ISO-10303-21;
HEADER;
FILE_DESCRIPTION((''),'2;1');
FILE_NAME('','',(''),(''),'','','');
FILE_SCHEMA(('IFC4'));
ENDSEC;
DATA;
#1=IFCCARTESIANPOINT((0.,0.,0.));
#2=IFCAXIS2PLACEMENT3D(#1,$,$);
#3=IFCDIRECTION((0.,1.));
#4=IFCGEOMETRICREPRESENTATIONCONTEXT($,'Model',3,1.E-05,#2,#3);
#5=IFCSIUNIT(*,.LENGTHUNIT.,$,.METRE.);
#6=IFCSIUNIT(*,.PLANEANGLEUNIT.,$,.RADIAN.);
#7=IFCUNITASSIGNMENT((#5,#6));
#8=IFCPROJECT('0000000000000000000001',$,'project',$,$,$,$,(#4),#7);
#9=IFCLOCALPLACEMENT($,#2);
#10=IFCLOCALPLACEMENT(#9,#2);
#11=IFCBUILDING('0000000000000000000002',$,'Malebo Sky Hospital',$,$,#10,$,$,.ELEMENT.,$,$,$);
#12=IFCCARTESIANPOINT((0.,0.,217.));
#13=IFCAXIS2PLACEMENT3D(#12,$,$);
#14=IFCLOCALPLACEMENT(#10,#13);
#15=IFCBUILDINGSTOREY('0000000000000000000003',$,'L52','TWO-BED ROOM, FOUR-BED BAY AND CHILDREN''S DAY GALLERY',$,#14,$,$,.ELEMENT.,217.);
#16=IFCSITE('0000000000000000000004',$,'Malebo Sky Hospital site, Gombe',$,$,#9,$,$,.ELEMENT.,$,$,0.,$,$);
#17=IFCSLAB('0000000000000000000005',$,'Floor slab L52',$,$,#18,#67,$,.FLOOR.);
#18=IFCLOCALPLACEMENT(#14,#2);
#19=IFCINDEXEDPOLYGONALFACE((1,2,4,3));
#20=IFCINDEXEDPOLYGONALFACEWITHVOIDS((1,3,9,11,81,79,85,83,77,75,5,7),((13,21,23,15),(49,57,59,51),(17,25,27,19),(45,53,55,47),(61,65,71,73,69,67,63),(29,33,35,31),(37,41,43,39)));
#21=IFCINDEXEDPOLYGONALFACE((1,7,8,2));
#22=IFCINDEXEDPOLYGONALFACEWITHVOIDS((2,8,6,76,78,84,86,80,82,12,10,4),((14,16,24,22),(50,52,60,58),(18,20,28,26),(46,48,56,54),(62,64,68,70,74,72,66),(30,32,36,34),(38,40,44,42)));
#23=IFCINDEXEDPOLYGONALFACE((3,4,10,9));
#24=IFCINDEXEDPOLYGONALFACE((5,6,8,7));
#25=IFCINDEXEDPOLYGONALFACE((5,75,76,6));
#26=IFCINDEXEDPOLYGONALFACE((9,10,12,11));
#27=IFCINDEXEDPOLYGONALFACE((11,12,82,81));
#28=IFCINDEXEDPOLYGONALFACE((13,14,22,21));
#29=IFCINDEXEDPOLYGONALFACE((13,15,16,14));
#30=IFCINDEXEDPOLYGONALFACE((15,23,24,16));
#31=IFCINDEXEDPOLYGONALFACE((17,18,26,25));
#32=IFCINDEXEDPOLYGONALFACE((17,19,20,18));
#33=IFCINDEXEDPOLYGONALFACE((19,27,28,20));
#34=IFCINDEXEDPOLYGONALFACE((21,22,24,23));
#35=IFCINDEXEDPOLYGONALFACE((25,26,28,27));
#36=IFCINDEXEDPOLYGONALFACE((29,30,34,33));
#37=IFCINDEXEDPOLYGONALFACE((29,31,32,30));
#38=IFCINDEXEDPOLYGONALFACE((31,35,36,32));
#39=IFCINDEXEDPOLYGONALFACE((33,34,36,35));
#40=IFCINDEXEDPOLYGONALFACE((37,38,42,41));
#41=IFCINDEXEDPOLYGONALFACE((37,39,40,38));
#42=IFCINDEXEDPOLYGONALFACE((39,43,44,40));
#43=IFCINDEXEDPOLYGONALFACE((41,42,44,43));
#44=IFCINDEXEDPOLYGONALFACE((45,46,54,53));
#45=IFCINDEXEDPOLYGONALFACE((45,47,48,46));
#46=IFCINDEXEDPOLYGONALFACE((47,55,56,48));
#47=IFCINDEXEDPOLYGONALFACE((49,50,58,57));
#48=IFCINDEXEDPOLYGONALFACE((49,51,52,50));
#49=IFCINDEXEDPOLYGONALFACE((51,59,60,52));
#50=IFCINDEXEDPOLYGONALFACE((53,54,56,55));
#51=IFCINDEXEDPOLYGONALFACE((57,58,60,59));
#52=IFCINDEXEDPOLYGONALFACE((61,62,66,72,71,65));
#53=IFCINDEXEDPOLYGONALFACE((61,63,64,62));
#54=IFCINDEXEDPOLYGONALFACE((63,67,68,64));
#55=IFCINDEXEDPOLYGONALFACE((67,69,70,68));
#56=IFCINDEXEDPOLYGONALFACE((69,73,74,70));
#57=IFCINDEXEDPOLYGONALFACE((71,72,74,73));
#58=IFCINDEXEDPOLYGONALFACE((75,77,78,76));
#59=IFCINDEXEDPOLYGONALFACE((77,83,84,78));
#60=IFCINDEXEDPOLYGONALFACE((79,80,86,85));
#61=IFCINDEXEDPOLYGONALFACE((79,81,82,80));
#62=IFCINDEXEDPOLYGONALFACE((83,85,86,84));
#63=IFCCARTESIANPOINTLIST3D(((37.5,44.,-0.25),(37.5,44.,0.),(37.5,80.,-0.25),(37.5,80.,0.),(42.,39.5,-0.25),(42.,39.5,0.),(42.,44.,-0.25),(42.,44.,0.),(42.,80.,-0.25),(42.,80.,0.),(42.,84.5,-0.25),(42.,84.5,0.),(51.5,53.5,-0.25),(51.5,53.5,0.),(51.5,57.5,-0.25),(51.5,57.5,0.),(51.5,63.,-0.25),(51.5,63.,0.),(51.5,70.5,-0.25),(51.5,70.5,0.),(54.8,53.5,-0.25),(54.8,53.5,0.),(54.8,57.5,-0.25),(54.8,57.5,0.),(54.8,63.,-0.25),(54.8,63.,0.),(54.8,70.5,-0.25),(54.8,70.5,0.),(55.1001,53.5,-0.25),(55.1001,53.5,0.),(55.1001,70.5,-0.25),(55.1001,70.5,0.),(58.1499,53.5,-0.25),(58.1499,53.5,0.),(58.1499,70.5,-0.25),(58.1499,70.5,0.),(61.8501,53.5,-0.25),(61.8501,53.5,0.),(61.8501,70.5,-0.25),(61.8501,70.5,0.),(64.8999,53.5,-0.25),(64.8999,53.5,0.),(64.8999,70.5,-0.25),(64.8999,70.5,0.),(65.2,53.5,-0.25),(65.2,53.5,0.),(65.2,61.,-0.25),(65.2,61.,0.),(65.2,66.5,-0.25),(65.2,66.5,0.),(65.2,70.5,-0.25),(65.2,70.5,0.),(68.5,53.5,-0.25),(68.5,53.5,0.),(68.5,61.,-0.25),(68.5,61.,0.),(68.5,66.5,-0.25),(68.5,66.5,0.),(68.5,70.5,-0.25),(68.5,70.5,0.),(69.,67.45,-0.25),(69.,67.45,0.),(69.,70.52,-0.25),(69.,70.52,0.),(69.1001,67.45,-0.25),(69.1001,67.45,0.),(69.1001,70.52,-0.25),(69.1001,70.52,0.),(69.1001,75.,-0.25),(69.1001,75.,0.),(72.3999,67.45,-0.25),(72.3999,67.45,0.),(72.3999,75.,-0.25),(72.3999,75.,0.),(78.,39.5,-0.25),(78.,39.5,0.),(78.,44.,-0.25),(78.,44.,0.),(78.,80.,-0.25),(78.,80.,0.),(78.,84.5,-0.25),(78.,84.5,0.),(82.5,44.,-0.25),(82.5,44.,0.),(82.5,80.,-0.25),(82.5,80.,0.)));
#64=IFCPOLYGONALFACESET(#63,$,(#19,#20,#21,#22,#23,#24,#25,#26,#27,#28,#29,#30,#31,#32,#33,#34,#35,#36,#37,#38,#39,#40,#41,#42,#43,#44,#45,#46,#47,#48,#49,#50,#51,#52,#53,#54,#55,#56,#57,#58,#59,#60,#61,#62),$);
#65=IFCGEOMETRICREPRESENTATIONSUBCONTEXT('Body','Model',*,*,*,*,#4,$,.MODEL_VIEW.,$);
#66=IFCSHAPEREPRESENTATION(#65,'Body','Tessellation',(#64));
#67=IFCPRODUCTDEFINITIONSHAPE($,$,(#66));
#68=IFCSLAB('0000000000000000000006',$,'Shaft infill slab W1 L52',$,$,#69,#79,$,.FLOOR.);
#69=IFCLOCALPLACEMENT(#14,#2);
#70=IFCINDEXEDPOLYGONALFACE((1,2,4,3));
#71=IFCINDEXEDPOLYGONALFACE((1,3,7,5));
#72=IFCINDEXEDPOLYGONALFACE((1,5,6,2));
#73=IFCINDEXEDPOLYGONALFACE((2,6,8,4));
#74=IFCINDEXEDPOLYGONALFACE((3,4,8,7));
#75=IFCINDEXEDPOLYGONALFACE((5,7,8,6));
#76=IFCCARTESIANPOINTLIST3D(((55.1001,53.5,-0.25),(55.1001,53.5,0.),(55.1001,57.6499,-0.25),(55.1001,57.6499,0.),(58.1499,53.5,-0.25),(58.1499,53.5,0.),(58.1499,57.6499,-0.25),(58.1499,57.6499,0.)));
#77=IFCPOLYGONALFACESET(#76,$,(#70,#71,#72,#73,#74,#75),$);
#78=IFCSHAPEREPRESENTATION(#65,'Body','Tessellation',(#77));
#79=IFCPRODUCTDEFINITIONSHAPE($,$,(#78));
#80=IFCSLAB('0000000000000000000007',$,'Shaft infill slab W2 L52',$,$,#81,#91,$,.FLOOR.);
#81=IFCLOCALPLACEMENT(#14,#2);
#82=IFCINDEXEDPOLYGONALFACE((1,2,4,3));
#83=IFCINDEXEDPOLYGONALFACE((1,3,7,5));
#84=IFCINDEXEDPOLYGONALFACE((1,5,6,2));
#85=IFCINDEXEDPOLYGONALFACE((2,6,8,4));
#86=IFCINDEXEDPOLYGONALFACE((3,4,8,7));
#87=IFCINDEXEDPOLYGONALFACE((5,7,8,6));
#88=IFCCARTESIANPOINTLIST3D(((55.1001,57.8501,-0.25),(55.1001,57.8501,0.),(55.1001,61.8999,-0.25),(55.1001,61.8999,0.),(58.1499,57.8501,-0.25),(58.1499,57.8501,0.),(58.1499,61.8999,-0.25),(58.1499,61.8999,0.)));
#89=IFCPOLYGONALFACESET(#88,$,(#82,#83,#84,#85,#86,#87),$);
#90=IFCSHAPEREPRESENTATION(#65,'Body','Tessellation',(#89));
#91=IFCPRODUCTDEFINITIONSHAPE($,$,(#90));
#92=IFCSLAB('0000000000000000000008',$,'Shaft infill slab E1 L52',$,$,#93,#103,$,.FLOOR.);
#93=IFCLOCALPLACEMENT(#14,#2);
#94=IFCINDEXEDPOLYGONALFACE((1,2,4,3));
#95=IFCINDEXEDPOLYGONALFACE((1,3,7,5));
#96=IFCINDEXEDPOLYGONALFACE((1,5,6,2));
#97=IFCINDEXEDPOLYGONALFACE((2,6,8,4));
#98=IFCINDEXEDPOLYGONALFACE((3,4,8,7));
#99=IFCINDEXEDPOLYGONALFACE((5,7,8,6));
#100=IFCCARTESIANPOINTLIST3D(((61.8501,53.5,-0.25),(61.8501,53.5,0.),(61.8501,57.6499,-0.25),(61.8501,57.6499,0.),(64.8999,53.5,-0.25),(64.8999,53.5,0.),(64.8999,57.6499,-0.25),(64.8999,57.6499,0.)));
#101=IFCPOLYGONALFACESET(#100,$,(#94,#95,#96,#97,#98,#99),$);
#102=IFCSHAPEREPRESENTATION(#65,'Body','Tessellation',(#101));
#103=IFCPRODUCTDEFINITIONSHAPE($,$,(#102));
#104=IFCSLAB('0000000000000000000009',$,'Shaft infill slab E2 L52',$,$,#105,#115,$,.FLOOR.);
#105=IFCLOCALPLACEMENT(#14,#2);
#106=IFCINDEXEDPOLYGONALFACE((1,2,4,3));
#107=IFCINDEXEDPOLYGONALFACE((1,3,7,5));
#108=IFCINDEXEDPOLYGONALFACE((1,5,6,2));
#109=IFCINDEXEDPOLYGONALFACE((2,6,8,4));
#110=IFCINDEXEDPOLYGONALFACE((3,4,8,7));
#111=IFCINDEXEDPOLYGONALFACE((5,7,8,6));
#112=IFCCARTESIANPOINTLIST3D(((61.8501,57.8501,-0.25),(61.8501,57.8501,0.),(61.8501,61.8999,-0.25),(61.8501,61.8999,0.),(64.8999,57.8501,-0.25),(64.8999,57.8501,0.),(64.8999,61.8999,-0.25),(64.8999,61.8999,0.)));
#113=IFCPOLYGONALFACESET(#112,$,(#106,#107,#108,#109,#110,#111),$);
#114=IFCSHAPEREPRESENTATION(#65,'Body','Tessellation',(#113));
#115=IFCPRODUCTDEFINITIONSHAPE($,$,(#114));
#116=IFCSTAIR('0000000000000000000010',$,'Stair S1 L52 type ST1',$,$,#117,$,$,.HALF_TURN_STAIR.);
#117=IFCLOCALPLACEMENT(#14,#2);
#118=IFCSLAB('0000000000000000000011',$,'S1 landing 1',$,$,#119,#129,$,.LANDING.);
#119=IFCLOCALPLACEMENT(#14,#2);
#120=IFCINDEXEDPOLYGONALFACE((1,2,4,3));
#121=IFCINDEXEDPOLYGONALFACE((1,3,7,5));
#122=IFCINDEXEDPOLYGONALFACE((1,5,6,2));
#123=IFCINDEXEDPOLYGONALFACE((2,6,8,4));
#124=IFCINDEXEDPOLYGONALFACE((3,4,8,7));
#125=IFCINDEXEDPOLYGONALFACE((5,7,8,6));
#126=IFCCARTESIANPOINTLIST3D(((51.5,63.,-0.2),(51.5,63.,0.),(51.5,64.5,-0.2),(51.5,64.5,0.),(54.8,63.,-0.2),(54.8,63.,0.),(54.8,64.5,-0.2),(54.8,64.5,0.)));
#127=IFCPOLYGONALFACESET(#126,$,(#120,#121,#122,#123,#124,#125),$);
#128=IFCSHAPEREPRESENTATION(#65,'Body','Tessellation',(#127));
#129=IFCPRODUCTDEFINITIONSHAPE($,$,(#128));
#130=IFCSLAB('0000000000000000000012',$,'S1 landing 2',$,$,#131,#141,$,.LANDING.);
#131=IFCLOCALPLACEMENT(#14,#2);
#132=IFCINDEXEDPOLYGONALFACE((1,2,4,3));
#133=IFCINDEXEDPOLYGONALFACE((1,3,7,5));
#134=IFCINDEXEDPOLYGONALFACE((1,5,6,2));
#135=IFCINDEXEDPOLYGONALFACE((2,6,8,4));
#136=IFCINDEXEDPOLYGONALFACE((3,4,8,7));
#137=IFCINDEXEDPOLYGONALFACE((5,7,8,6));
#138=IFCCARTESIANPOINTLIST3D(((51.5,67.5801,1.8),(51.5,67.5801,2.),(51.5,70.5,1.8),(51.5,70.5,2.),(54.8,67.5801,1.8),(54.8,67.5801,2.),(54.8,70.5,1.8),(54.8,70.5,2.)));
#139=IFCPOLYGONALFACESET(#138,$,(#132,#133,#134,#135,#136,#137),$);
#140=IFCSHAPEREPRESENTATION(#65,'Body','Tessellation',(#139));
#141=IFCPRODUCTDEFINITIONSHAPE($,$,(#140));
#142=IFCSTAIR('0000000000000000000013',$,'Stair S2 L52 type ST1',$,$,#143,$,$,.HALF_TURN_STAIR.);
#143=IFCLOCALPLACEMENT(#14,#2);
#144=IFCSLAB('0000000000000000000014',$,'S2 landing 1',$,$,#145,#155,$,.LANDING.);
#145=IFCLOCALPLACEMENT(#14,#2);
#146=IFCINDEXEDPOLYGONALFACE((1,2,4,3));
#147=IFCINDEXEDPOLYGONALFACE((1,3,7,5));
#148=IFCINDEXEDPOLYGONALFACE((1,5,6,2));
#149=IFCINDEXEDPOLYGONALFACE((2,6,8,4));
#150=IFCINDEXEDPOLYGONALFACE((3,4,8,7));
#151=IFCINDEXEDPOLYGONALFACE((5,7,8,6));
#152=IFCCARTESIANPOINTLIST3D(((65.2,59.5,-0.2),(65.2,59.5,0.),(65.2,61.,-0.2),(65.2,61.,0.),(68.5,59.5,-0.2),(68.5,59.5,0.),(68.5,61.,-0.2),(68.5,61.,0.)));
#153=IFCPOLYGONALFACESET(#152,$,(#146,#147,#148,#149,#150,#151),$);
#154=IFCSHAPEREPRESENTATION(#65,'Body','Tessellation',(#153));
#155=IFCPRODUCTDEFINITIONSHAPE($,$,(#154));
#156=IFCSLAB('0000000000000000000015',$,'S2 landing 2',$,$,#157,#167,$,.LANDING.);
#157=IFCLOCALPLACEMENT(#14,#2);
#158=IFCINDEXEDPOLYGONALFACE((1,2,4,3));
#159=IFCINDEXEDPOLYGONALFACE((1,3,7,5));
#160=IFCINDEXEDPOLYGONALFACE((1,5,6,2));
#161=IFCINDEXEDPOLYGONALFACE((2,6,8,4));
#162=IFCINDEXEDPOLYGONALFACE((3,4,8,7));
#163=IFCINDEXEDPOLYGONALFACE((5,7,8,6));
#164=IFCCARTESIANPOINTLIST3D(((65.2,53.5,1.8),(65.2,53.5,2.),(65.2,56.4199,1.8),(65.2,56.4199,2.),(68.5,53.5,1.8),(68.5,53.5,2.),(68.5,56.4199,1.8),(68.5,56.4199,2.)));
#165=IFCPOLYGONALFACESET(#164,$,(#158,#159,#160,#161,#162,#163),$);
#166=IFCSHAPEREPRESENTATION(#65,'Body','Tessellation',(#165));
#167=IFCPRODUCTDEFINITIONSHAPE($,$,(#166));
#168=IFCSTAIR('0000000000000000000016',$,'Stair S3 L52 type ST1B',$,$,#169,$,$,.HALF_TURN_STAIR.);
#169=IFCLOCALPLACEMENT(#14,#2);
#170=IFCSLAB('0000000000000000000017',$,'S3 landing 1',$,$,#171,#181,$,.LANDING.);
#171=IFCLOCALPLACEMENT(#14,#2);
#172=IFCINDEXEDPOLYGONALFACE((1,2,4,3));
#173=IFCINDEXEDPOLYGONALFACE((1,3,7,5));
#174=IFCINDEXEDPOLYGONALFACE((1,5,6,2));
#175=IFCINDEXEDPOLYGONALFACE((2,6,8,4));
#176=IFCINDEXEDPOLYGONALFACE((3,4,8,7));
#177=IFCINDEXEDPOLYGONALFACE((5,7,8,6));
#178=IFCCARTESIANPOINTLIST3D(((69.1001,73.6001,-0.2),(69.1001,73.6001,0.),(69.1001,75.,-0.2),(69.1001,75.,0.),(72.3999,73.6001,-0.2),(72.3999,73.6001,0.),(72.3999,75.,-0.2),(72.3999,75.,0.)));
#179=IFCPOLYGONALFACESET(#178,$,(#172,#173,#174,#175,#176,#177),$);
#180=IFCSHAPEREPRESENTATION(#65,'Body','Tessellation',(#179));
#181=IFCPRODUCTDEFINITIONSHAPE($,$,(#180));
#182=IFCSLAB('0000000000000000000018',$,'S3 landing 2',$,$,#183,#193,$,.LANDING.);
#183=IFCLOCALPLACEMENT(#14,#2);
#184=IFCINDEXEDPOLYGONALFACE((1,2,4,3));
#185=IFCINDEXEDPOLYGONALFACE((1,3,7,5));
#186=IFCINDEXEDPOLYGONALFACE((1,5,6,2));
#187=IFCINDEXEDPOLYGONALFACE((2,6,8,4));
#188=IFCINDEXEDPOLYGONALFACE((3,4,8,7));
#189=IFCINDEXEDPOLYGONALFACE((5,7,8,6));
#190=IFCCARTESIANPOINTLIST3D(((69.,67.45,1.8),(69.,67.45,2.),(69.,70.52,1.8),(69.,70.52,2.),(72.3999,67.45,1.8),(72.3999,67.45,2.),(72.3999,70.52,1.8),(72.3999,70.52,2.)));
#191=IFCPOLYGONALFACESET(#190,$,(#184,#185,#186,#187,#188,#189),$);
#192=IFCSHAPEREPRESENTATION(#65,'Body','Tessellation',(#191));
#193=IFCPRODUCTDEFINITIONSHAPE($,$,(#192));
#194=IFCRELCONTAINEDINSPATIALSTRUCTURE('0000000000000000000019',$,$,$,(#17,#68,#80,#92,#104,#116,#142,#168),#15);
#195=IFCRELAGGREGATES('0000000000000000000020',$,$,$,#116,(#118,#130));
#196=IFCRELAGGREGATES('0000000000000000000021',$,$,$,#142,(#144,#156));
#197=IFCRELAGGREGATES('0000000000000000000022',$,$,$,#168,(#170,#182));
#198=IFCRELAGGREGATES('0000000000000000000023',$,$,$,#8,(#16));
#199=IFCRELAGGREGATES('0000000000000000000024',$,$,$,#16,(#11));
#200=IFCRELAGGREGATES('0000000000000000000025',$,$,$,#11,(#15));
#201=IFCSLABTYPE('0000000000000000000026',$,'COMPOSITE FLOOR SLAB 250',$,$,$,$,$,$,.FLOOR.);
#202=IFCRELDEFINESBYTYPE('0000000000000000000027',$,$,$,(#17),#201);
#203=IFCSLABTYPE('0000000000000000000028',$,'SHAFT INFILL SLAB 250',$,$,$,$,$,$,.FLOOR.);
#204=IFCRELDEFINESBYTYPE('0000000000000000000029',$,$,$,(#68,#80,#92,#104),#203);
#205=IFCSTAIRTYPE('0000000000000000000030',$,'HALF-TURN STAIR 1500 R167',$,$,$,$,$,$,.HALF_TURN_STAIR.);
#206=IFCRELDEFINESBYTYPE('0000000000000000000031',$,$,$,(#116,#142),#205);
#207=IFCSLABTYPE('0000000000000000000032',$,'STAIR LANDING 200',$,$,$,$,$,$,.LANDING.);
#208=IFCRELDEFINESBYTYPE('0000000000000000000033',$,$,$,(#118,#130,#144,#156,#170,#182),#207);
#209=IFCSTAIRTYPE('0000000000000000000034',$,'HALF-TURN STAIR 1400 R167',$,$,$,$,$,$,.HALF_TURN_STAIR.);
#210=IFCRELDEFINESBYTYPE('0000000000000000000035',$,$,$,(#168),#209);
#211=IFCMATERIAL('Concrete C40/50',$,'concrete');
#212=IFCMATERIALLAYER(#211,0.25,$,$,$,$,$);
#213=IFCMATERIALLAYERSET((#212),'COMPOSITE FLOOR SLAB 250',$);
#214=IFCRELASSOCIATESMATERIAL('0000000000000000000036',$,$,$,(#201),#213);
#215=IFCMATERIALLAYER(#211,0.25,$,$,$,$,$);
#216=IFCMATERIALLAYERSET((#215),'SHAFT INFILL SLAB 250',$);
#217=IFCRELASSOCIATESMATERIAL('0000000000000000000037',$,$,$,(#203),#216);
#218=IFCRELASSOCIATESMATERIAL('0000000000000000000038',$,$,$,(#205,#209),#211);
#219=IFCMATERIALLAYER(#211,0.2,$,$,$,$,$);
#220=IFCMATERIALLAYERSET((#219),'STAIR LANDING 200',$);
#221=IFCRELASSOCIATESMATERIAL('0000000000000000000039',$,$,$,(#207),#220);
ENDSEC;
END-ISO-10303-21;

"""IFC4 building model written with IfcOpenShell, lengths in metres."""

from ifc_helpers import new_model, si_unit, direction, frame, origin, place, context, subcontext, project, spatial, polyline, outline, extrude, material, layer, layer_set, type_object, element, aggregate, save


model = new_model("IFC4")

# Units and contexts
model_context = context("Model", 3, precision=1e-05, world=origin(), true_north=direction((0.0, 1.0)))
body_context = subcontext(model_context, "Body", "Model", "MODEL_VIEW")
ifc_project = project(units=[si_unit("LENGTHUNIT", "METRE"), si_unit("PLANEANGLEUNIT", "RADIAN")], contexts=[model_context])

# Site, building, storey
site_placement = place(None, origin())
site = spatial("IfcSite", under=ifc_project, at=site_placement, Name="Malebo Sky Hospital site, Gombe", CompositionType="ELEMENT", RefElevation=0.0)
building_placement = place(site_placement, origin())
building = spatial("IfcBuilding", under=site, at=building_placement, Name="Malebo Sky Hospital", CompositionType="ELEMENT")
storey_placement = place(building_placement, frame((0.0, 0.0, 217.0)))
storey = spatial("IfcBuildingStorey", under=building, at=storey_placement, Name="L52", Description="TWO-BED ROOM, FOUR-BED BAY AND CHILDREN'S DAY GALLERY", CompositionType="ELEMENT", Elevation=217.0)

# Slabs
ifc_material_1 = material(Name="Concrete C40/50", Category="concrete")
ifc_layer_1 = layer(ifc_material_1, 0.25)
ifc_layer_set_1 = layer_set([ifc_layer_1], Name="COMPOSITE FLOOR SLAB 250")
slab_type_1 = type_object("IfcSlabType", Name="COMPOSITE FLOOR SLAB 250", PredefinedType="FLOOR", material=ifc_layer_set_1)
slab_1_placement = place(storey_placement, frame((0.0, 0.0, -0.25)))
element("IfcSlab", 1, at=slab_1_placement, inside=storey, type_object=slab_type_1, Name="Floor slab L52", PredefinedType="FLOOR", context=body_context, shape_type="SweptSolid", body=[
    extrude(outline(polyline([(42.0, 84.5), (42.0, 80.0), (37.5, 80.0), (37.5, 44.0), (42.0, 44.0), (42.0, 39.5), (78.0, 39.5), (78.0, 44.0), (82.5, 44.0), (82.5, 80.0), (78.0, 80.0), (78.0, 84.5), (42.0, 84.5)]), holes=[polyline([(55.1001, 70.5), (58.1499, 70.5), (58.1499, 53.5), (55.1001, 53.5), (55.1001, 70.5)]), polyline([(64.8999, 70.5), (64.8999, 53.5), (61.8501, 53.5), (61.8501, 70.5), (64.8999, 70.5)]), polyline([(54.8, 63.0), (51.5, 63.0), (51.5, 70.5), (54.8, 70.5), (54.8, 63.0)]), polyline([(51.5, 53.5), (51.5, 57.5), (54.8, 57.5), (54.8, 53.5), (51.5, 53.5)]), polyline([(65.2, 61.0), (68.5, 61.0), (68.5, 53.5), (65.2, 53.5), (65.2, 61.0)]), polyline([(68.5, 70.5), (68.5, 66.5), (65.2, 66.5), (65.2, 70.5), (68.5, 70.5)]), polyline([(69.0, 67.45), (69.0, 70.52), (69.1001, 70.52), (69.1001, 75.0), (72.3999, 75.0), (72.3999, 67.45), (69.1001, 67.45), (69.0, 67.45)])]), origin(), (0.0, 0.0, 1.0), 0.25),
])
ifc_layer_2 = layer(ifc_material_1, 0.25)
ifc_layer_set_2 = layer_set([ifc_layer_2], Name="SHAFT INFILL SLAB 250")
slab_type_2 = type_object("IfcSlabType", Name="SHAFT INFILL SLAB 250", PredefinedType="FLOOR", material=ifc_layer_set_2)
slab_2_placement = place(storey_placement, frame((0.0, 0.0, -0.25)))
element("IfcSlab", 2, at=slab_2_placement, inside=storey, type_object=slab_type_2, Name="Shaft infill slab W1 L52", PredefinedType="FLOOR", context=body_context, shape_type="SweptSolid", body=[
    extrude(outline(polyline([(55.1001, 53.5), (58.1499, 53.5), (58.1499, 57.6499), (55.1001, 57.6499), (55.1001, 53.5)])), origin(), (0.0, 0.0, 1.0), 0.25),
])
slab_3_placement = place(storey_placement, frame((0.0, 0.0, -0.25)))
element("IfcSlab", 3, at=slab_3_placement, inside=storey, type_object=slab_type_2, Name="Shaft infill slab W2 L52", PredefinedType="FLOOR", context=body_context, shape_type="SweptSolid", body=[
    extrude(outline(polyline([(55.1001, 57.8501), (58.1499, 57.8501), (58.1499, 61.8999), (55.1001, 61.8999), (55.1001, 57.8501)])), origin(), (0.0, 0.0, 1.0), 0.25),
])
slab_4_placement = place(storey_placement, frame((0.0, 0.0, -0.25)))
element("IfcSlab", 4, at=slab_4_placement, inside=storey, type_object=slab_type_2, Name="Shaft infill slab E1 L52", PredefinedType="FLOOR", context=body_context, shape_type="SweptSolid", body=[
    extrude(outline(polyline([(61.8501, 53.5), (64.8999, 53.5), (64.8999, 57.6499), (61.8501, 57.6499), (61.8501, 53.5)])), origin(), (0.0, 0.0, 1.0), 0.25),
])
slab_5_placement = place(storey_placement, frame((0.0, 0.0, -0.25)))
element("IfcSlab", 5, at=slab_5_placement, inside=storey, type_object=slab_type_2, Name="Shaft infill slab E2 L52", PredefinedType="FLOOR", context=body_context, shape_type="SweptSolid", body=[
    extrude(outline(polyline([(61.8501, 57.8501), (64.8999, 57.8501), (64.8999, 61.8999), (61.8501, 61.8999), (61.8501, 57.8501)])), origin(), (0.0, 0.0, 1.0), 0.25),
])

# Stairs, slabs
stair_type_1 = type_object("IfcStairType", Name="HALF-TURN STAIR 1500 R167", PredefinedType="HALF_TURN_STAIR", material=ifc_material_1)
stair_1_placement = place(storey_placement, origin())
stair_1 = element("IfcStair", 6, at=stair_1_placement, inside=storey, type_object=stair_type_1, Name="Stair S1 L52 type ST1", PredefinedType="HALF_TURN_STAIR")
ifc_layer_3 = layer(ifc_material_1, 0.2)
ifc_layer_set_3 = layer_set([ifc_layer_3], Name="STAIR LANDING 200")
slab_type_3 = type_object("IfcSlabType", Name="STAIR LANDING 200", PredefinedType="LANDING", material=ifc_layer_set_3)
slab_6_placement = place(storey_placement, frame((0.0, 0.0, -0.2)))
slab_6 = element("IfcSlab", 7, at=slab_6_placement, type_object=slab_type_3, Name="S1 landing 1", PredefinedType="LANDING", context=body_context, shape_type="SweptSolid", body=[
    extrude(outline(polyline([(51.5, 63.0), (54.8, 63.0), (54.8, 64.5), (51.5, 64.5), (51.5, 63.0)])), origin(), (0.0, 0.0, 1.0), 0.2),
])
slab_7_placement = place(storey_placement, frame((0.0, 0.0, 1.8)))
slab_7 = element("IfcSlab", 8, at=slab_7_placement, type_object=slab_type_3, Name="S1 landing 2", PredefinedType="LANDING", context=body_context, shape_type="SweptSolid", body=[
    extrude(outline(polyline([(51.5, 67.5801), (54.8, 67.5801), (54.8, 70.5), (51.5, 70.5), (51.5, 67.5801)])), origin(), (0.0, 0.0, 1.0), 0.2),
])
aggregate(stair_1, [slab_6, slab_7])
stair_2_placement = place(storey_placement, origin())
stair_2 = element("IfcStair", 9, at=stair_2_placement, inside=storey, type_object=stair_type_1, Name="Stair S2 L52 type ST1", PredefinedType="HALF_TURN_STAIR")
slab_8_placement = place(storey_placement, frame((0.0, 0.0, -0.2)))
slab_8 = element("IfcSlab", 10, at=slab_8_placement, type_object=slab_type_3, Name="S2 landing 1", PredefinedType="LANDING", context=body_context, shape_type="SweptSolid", body=[
    extrude(outline(polyline([(65.2, 59.5), (68.5, 59.5), (68.5, 61.0), (65.2, 61.0), (65.2, 59.5)])), origin(), (0.0, 0.0, 1.0), 0.2),
])
slab_9_placement = place(storey_placement, frame((0.0, 0.0, 1.8)))
slab_9 = element("IfcSlab", 11, at=slab_9_placement, type_object=slab_type_3, Name="S2 landing 2", PredefinedType="LANDING", context=body_context, shape_type="SweptSolid", body=[
    extrude(outline(polyline([(65.2, 53.5), (68.5, 53.5), (68.5, 56.4199), (65.2, 56.4199), (65.2, 53.5)])), origin(), (0.0, 0.0, 1.0), 0.2),
])
aggregate(stair_2, [slab_8, slab_9])
stair_type_2 = type_object("IfcStairType", Name="HALF-TURN STAIR 1400 R167", PredefinedType="HALF_TURN_STAIR", material=ifc_material_1)
stair_3_placement = place(storey_placement, origin())
stair_3 = element("IfcStair", 12, at=stair_3_placement, inside=storey, type_object=stair_type_2, Name="Stair S3 L52 type ST1B", PredefinedType="HALF_TURN_STAIR")
slab_10_placement = place(storey_placement, frame((0.0, 0.0, -0.2)))
slab_10 = element("IfcSlab", 13, at=slab_10_placement, type_object=slab_type_3, Name="S3 landing 1", PredefinedType="LANDING", context=body_context, shape_type="SweptSolid", body=[
    extrude(outline(polyline([(69.1001, 73.6001), (72.3999, 73.6001), (72.3999, 75.0), (69.1001, 75.0), (69.1001, 73.6001)])), origin(), (0.0, 0.0, 1.0), 0.2),
])
slab_11_placement = place(storey_placement, frame((0.0, 0.0, 1.8)))
slab_11 = element("IfcSlab", 14, at=slab_11_placement, type_object=slab_type_3, Name="S3 landing 2", PredefinedType="LANDING", context=body_context, shape_type="SweptSolid", body=[
    extrude(outline(polyline([(69.0, 67.45), (72.3999, 67.45), (72.3999, 70.52), (69.0, 70.52), (69.0, 67.45)])), origin(), (0.0, 0.0, 1.0), 0.2),
])
aggregate(stair_3, [slab_10, slab_11])

save(model, "model.ifc")
